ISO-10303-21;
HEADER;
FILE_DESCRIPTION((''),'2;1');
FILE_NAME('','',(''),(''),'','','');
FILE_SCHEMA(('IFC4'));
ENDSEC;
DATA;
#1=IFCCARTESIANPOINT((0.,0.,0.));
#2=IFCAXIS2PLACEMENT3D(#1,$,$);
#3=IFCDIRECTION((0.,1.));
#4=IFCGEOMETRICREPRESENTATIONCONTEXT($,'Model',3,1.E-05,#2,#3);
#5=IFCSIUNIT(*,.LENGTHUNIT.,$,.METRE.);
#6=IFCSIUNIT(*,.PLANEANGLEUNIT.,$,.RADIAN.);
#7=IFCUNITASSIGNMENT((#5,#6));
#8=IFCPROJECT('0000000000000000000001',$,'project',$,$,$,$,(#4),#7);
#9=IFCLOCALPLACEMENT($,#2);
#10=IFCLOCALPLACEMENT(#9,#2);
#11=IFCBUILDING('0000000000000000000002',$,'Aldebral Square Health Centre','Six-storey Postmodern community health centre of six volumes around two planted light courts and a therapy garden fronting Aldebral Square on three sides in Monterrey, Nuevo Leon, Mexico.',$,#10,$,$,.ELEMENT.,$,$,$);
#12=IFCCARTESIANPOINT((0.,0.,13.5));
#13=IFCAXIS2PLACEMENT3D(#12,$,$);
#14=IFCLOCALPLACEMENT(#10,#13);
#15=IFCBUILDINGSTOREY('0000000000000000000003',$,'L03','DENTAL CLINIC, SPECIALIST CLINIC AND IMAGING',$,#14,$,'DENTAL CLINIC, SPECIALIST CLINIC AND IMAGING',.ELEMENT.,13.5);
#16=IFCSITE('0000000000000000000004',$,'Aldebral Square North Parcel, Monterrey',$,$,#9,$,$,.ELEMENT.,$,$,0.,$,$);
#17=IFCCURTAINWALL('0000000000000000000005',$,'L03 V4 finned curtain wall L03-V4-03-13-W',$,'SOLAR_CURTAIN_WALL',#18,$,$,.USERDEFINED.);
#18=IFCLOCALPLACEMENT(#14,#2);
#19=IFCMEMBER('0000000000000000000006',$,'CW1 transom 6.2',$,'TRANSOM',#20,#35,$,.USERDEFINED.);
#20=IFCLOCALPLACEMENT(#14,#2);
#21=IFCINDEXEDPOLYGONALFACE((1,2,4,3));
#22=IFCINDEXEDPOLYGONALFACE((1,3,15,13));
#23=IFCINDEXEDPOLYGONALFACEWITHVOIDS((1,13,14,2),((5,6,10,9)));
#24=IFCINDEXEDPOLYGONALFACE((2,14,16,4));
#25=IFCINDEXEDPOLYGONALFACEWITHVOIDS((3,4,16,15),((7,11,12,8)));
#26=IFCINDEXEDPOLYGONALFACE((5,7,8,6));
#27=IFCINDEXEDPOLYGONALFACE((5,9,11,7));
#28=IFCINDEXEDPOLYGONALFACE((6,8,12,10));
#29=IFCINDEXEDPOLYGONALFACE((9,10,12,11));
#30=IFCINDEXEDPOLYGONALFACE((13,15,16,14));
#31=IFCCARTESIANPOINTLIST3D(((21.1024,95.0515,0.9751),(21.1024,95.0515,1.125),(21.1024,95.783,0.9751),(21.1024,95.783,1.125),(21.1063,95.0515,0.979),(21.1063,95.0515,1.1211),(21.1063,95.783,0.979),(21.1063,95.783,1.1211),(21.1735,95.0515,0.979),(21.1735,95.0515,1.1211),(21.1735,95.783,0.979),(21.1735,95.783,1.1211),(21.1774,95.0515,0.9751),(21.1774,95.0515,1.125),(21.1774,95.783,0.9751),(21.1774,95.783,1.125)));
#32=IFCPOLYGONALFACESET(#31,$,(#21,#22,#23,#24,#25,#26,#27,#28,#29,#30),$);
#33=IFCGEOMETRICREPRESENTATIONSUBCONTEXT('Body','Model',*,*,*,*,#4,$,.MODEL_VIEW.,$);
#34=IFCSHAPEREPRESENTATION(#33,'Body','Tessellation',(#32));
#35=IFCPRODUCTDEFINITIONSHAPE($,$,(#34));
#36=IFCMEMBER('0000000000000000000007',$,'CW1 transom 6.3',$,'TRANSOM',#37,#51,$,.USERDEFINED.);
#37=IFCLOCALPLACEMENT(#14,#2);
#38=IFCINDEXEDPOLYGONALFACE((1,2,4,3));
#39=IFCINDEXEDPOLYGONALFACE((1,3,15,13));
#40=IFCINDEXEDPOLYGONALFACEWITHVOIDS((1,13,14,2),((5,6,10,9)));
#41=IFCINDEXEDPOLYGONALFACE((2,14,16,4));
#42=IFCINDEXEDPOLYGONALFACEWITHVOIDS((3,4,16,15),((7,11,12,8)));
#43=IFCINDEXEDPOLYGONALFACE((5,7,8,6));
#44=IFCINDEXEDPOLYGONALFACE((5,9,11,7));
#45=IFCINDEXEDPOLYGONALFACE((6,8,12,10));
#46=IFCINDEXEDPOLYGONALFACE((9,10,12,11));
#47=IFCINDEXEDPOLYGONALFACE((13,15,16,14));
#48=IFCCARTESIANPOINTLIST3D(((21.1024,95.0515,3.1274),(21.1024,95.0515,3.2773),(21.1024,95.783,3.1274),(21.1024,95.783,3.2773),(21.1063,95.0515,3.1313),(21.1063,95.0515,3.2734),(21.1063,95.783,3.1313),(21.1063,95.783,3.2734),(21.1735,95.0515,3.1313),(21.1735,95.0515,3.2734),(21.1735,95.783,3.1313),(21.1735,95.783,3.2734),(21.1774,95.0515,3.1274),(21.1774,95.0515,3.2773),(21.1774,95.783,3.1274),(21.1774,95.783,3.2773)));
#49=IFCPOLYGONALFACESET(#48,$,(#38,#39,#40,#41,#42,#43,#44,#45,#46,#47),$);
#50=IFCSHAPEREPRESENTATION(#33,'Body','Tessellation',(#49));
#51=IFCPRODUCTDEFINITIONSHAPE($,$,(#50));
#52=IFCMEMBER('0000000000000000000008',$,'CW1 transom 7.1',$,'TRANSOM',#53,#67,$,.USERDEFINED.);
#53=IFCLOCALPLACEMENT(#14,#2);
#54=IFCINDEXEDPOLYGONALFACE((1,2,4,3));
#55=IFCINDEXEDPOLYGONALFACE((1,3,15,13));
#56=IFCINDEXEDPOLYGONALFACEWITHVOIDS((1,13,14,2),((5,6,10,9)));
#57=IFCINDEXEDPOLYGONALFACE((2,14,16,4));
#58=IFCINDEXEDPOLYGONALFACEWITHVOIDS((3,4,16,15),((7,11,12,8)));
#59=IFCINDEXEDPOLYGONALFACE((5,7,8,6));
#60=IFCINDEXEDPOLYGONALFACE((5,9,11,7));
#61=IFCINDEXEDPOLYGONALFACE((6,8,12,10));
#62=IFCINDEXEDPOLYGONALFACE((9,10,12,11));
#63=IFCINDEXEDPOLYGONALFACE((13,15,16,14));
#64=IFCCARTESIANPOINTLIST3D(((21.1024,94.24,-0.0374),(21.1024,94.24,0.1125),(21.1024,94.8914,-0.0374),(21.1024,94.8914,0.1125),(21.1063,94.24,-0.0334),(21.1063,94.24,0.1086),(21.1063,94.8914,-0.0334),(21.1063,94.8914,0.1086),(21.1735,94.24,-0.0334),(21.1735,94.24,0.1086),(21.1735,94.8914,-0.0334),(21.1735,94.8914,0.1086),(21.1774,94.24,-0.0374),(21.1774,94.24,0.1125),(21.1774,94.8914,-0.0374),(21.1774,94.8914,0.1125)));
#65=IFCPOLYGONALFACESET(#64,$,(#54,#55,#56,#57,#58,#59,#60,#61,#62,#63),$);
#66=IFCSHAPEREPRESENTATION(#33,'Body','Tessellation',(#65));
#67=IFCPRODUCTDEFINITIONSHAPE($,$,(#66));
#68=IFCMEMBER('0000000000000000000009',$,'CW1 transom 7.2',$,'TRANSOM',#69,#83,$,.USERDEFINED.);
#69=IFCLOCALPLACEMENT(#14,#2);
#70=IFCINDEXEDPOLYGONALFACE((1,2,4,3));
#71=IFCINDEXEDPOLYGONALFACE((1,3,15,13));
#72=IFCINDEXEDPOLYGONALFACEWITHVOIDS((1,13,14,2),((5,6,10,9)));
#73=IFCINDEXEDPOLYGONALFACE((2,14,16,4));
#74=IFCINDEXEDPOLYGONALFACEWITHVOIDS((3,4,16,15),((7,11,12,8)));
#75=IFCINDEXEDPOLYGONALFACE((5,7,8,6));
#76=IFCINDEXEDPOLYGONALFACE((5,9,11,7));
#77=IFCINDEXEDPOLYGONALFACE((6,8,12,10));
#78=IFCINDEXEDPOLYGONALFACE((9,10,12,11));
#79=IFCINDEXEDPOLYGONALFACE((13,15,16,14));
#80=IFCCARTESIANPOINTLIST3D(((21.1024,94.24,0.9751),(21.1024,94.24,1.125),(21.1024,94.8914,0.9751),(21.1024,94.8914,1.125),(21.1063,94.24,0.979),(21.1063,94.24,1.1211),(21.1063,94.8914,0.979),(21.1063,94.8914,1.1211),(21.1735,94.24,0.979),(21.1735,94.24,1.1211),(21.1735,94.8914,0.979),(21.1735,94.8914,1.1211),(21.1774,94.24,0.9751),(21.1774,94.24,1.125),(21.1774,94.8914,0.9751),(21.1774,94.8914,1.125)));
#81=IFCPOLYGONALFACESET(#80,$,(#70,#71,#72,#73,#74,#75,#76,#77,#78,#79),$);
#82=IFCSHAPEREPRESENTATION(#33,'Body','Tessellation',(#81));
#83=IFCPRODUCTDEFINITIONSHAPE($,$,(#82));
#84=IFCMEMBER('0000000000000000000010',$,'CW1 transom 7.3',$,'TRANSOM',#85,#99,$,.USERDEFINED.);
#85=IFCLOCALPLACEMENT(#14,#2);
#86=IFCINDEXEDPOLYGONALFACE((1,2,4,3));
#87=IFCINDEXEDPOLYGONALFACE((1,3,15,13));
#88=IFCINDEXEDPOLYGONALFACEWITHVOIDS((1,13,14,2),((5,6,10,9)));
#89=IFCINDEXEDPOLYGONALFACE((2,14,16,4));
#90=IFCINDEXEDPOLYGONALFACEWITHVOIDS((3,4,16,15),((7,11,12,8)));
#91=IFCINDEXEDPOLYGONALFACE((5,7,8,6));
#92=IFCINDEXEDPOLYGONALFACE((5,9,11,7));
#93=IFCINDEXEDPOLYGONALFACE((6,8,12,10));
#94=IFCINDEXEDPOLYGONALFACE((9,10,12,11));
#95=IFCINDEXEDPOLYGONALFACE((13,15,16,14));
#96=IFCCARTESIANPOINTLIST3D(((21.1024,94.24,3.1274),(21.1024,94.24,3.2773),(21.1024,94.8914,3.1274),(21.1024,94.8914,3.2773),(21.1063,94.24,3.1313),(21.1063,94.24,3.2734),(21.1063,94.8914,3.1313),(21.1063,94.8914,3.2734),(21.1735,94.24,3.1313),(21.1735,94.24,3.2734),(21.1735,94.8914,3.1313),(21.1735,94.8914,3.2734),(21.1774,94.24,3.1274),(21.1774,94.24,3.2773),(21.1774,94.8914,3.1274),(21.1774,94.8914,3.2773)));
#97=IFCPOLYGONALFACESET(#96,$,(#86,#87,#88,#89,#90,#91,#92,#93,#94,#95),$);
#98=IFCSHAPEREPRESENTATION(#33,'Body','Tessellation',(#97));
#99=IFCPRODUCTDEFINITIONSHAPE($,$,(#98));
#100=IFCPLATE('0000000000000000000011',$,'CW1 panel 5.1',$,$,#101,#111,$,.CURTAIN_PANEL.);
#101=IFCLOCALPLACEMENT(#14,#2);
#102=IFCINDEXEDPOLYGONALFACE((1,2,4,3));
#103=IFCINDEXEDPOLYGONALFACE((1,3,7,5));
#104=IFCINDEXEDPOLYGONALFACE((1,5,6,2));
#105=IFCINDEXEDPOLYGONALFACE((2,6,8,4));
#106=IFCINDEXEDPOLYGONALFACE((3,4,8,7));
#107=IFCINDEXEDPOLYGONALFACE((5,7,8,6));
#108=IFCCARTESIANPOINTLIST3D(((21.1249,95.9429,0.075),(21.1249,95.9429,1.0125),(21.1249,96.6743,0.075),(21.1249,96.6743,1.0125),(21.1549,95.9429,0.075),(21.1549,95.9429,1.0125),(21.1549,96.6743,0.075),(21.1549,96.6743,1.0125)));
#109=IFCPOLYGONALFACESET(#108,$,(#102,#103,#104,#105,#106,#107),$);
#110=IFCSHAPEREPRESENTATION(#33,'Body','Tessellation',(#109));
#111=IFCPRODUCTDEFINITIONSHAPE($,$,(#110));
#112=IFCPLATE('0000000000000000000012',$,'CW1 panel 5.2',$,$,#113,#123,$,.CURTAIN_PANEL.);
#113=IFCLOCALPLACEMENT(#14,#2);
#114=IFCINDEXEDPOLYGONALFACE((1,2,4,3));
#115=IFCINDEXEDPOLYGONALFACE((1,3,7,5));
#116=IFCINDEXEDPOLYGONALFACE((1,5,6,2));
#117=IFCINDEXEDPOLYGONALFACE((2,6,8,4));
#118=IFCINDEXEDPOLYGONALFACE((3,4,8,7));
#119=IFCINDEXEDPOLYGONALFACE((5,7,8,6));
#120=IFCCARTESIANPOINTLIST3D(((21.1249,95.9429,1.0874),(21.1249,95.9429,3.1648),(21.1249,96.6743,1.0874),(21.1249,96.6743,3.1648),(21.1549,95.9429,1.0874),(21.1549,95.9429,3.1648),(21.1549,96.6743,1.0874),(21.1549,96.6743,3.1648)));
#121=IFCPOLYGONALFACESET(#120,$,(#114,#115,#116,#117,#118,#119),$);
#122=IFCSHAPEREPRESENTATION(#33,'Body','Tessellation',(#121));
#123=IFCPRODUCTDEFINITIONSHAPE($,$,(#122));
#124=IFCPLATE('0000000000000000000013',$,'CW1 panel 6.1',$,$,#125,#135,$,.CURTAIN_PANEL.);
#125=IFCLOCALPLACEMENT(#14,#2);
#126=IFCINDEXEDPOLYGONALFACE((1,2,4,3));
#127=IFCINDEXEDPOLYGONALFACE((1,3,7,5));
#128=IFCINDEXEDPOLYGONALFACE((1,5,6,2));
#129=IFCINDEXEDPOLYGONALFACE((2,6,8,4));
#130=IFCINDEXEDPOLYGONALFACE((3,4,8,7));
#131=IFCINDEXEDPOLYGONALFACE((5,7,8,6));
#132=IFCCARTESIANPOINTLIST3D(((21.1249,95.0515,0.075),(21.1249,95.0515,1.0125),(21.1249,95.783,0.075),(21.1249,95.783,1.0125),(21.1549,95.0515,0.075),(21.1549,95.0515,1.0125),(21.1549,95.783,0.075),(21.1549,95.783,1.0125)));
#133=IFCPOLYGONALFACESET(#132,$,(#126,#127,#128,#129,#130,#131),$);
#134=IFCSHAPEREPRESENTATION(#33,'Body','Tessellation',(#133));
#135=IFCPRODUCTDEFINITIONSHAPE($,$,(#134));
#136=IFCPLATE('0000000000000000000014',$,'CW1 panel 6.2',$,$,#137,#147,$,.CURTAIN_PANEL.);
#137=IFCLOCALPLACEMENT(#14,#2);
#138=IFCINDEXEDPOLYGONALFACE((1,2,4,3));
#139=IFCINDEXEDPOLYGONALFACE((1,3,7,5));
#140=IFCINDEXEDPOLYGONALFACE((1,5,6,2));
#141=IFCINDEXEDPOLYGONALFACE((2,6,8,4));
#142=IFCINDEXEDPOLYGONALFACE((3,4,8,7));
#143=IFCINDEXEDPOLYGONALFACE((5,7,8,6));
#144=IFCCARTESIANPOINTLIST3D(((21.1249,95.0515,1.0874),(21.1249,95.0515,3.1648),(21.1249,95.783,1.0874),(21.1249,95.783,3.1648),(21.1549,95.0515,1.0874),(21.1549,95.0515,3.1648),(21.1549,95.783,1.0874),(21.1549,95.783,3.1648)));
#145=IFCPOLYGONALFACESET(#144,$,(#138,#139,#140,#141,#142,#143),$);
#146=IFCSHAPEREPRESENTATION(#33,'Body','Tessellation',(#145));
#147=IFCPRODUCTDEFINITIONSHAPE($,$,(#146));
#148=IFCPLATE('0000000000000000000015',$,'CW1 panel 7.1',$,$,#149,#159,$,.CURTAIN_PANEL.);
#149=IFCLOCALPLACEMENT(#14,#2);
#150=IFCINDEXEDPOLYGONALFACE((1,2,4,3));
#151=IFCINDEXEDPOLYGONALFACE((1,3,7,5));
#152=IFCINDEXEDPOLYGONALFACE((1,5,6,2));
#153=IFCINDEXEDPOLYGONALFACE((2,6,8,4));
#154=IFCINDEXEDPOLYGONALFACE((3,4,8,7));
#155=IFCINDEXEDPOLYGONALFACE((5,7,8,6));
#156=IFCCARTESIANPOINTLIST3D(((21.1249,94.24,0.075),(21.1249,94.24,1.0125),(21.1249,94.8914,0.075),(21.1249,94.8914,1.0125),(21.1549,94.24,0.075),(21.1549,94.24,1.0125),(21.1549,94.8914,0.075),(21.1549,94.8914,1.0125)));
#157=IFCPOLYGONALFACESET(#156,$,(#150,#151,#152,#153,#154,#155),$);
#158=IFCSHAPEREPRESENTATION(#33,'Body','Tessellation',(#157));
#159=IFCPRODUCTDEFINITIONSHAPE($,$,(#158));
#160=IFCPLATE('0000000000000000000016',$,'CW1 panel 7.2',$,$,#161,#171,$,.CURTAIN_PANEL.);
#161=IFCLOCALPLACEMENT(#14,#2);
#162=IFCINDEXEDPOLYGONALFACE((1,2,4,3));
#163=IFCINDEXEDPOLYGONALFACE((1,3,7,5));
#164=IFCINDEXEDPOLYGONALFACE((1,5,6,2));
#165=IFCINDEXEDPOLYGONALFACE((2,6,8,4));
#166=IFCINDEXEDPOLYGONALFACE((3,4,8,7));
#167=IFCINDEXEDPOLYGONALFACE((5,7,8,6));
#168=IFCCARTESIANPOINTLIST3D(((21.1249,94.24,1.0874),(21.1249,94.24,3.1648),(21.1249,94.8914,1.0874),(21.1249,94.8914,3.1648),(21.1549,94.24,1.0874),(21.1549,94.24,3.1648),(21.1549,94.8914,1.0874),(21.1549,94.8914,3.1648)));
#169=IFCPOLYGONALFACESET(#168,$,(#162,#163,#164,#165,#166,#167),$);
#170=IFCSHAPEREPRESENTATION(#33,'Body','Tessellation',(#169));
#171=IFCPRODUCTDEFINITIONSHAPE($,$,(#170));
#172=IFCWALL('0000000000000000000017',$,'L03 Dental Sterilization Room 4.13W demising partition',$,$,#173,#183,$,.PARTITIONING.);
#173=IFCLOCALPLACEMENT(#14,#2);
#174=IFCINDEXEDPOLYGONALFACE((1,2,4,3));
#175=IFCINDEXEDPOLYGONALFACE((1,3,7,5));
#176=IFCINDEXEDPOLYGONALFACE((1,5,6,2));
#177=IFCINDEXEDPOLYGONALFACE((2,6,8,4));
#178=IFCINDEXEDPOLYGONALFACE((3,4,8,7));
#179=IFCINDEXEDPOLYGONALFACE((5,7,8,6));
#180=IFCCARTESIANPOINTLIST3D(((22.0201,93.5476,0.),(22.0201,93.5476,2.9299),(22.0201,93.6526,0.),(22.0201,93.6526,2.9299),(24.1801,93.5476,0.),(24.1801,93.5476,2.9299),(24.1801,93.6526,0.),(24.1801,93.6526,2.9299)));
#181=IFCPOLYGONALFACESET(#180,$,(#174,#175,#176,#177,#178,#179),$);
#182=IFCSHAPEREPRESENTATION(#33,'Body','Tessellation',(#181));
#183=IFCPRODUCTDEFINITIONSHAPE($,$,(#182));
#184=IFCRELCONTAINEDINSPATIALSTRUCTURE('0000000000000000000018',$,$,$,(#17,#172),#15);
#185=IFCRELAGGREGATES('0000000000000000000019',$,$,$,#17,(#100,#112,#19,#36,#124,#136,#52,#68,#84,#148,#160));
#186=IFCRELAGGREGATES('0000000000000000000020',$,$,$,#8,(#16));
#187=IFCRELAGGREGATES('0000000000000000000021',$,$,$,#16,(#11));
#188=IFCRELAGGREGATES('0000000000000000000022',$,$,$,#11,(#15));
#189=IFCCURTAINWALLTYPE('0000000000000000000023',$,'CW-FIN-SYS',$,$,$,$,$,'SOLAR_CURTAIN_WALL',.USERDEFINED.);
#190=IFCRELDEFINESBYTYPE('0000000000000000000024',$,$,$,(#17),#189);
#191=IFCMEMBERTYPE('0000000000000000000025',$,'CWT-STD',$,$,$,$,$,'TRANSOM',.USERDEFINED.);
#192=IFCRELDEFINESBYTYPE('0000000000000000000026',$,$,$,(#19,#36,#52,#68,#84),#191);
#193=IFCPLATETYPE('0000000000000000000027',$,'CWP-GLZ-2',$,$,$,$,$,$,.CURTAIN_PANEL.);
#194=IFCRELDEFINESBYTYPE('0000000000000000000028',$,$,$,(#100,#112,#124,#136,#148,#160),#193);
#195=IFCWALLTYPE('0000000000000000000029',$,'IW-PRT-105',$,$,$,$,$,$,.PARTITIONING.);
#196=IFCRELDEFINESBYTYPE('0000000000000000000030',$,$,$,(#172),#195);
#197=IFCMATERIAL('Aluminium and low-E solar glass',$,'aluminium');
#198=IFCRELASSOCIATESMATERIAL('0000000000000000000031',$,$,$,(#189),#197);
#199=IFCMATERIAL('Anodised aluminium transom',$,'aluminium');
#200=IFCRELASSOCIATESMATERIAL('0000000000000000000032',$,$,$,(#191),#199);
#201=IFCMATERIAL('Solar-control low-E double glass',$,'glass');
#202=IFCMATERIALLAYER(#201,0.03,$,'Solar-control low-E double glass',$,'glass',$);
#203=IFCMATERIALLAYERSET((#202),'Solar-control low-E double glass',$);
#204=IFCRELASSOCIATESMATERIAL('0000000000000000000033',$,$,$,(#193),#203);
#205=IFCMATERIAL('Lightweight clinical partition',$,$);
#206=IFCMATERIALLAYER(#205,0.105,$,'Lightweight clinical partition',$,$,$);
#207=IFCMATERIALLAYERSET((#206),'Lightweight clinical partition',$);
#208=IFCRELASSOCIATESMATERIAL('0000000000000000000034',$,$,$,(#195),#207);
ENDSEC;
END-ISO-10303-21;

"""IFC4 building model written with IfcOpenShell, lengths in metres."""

from ifc_helpers import new_model, si_unit, direction, frame, frame_2d, origin, origin_2d, place, context, subcontext, project, spatial, rectangle, hollow_rectangle, extrude, material, layer, layer_set, material_profile, profile_set, type_object, element, aggregate, save


model = new_model("IFC4")

# Units and contexts
model_context = context("Model", 3, precision=1e-05, world=origin(), true_north=direction((0.0, 1.0)))
body_context = subcontext(model_context, "Body", "Model", "MODEL_VIEW")
ifc_project = project(units=[si_unit("LENGTHUNIT", "METRE"), si_unit("PLANEANGLEUNIT", "RADIAN")], contexts=[model_context])

# Site, building, storey
site_placement = place(None, origin())
site = spatial("IfcSite", under=ifc_project, at=site_placement, Name="Aldebral Square North Parcel, Monterrey", CompositionType="ELEMENT", RefElevation=0.0)
building_placement = place(site_placement, origin())
building = spatial("IfcBuilding", under=site, at=building_placement, Name="Aldebral Square Health Centre", Description="Six-storey Postmodern community health centre of six volumes around two planted light courts and a therapy garden fronting Aldebral Square on three sides in Monterrey, Nuevo Leon, Mexico.", CompositionType="ELEMENT")
storey_placement = place(building_placement, frame((0.0, 0.0, 13.5)))
storey = spatial("IfcBuildingStorey", under=building, at=storey_placement, Name="L03", Description="DENTAL CLINIC, SPECIALIST CLINIC AND IMAGING", LongName="DENTAL CLINIC, SPECIALIST CLINIC AND IMAGING", CompositionType="ELEMENT", Elevation=13.5)

# Shared definitions
ifc_material_1 = material(Name="Aluminium and low-E solar glass", Category="aluminium")
curtain_wall_type = type_object("IfcCurtainWallType", Name="CW-FIN-SYS", ElementType="SOLAR_CURTAIN_WALL", PredefinedType="USERDEFINED", material=ifc_material_1)

# Curtain wall
curtain_wall_1_placement = place(storey_placement, origin())
curtain_wall_1 = element("IfcCurtainWall", 1, at=curtain_wall_1_placement, inside=storey, type_object=curtain_wall_type, Name="L03 V4 finned curtain wall L03-V4-03-13-W", ObjectType="SOLAR_CURTAIN_WALL", PredefinedType="USERDEFINED")

# Members
ifc_material_2 = material(Name="Anodised aluminium transom", Category="aluminium")
ifc_material_profile_1 = material_profile(ifc_material_2, hollow_rectangle(XDim=0.075, YDim=0.1499, WallThickness=0.0039, at=origin_2d()), Name="CWT 75x150x4")
ifc_profile_set_1 = profile_set([ifc_material_profile_1], Name="Anodised aluminium transom")
member_type_1 = type_object("IfcMemberType", Name="CWT-STD", ElementType="TRANSOM", PredefinedType="USERDEFINED", material=ifc_profile_set_1)
member_1_placement = place(storey_placement, frame((21.1399, 95.783, 1.05), z_axis=(0.0, -1.0, 0.0), x_axis=(1.0, 0.0, 0.0)))
member_1 = element("IfcMember", 2, at=member_1_placement, type_object=member_type_1, Name="CW1 transom 6.2", ObjectType="TRANSOM", PredefinedType="USERDEFINED", context=body_context, shape_type="SweptSolid", body=[
    extrude(hollow_rectangle(XDim=0.075, YDim=0.1499, WallThickness=0.0039, at=origin_2d()), origin(), (0.0, 0.0, 1.0), 0.7314),
])
member_2_placement = place(storey_placement, frame((21.1399, 95.783, 3.2024), z_axis=(0.0, -1.0, 0.0), x_axis=(1.0, 0.0, 0.0)))
member_2 = element("IfcMember", 3, at=member_2_placement, type_object=member_type_1, Name="CW1 transom 6.3", ObjectType="TRANSOM", PredefinedType="USERDEFINED", context=body_context, shape_type="SweptSolid", body=[
    extrude(hollow_rectangle(XDim=0.075, YDim=0.1499, WallThickness=0.0039, at=origin_2d()), origin(), (0.0, 0.0, 1.0), 0.7314),
])
member_3_placement = place(storey_placement, frame((21.1399, 94.8914, 0.0376), z_axis=(0.0, -1.0, 0.0), x_axis=(1.0, 0.0, 0.0)))
member_3 = element("IfcMember", 4, at=member_3_placement, type_object=member_type_1, Name="CW1 transom 7.1", ObjectType="TRANSOM", PredefinedType="USERDEFINED", context=body_context, shape_type="SweptSolid", body=[
    extrude(hollow_rectangle(XDim=0.075, YDim=0.1499, WallThickness=0.0039, at=origin_2d()), origin(), (0.0, 0.0, 1.0), 0.6514),
])
member_4_placement = place(storey_placement, frame((21.1399, 94.8914, 1.05), z_axis=(0.0, -1.0, 0.0), x_axis=(1.0, 0.0, 0.0)))
member_4 = element("IfcMember", 5, at=member_4_placement, type_object=member_type_1, Name="CW1 transom 7.2", ObjectType="TRANSOM", PredefinedType="USERDEFINED", context=body_context, shape_type="SweptSolid", body=[
    extrude(hollow_rectangle(XDim=0.075, YDim=0.1499, WallThickness=0.0039, at=origin_2d()), origin(), (0.0, 0.0, 1.0), 0.6514),
])
member_5_placement = place(storey_placement, frame((21.1399, 94.8914, 3.2024), z_axis=(0.0, -1.0, 0.0), x_axis=(1.0, 0.0, 0.0)))
member_5 = element("IfcMember", 6, at=member_5_placement, type_object=member_type_1, Name="CW1 transom 7.3", ObjectType="TRANSOM", PredefinedType="USERDEFINED", context=body_context, shape_type="SweptSolid", body=[
    extrude(hollow_rectangle(XDim=0.075, YDim=0.1499, WallThickness=0.0039, at=origin_2d()), origin(), (0.0, 0.0, 1.0), 0.6514),
])

# Plates
ifc_material_3 = material(Name="Solar-control low-E double glass", Category="glass")
ifc_layer_1 = layer(ifc_material_3, 0.03, Name="Solar-control low-E double glass", Category="glass")
ifc_layer_set_1 = layer_set([ifc_layer_1], Name="Solar-control low-E double glass")
plate_type = type_object("IfcPlateType", Name="CWP-GLZ-2", PredefinedType="CURTAIN_PANEL", material=ifc_layer_set_1)
plate_1_placement = place(storey_placement, frame((21.1399, 96.3086, 0.075), z_axis=(0.0, 0.0, 1.0), x_axis=(0.0, -1.0, 0.0)))
plate_1 = element("IfcPlate", 7, at=plate_1_placement, type_object=plate_type, Name="CW1 panel 5.1", PredefinedType="CURTAIN_PANEL", context=body_context, shape_type="SweptSolid", body=[
    extrude(rectangle(XDim=0.7314, YDim=0.03, at=origin_2d()), origin(), (0.0, 0.0, 1.0), 0.9375),
])
plate_2_placement = place(storey_placement, frame((21.1399, 96.3086, 1.0874), z_axis=(0.0, 0.0, 1.0), x_axis=(0.0, -1.0, 0.0)))
plate_2 = element("IfcPlate", 8, at=plate_2_placement, type_object=plate_type, Name="CW1 panel 5.2", PredefinedType="CURTAIN_PANEL", context=body_context, shape_type="SweptSolid", body=[
    extrude(rectangle(XDim=0.7314, YDim=0.03, at=origin_2d()), origin(), (0.0, 0.0, 1.0), 2.0774),
])
plate_3_placement = place(storey_placement, frame((21.1399, 95.4172, 0.075), z_axis=(0.0, 0.0, 1.0), x_axis=(0.0, -1.0, 0.0)))
plate_3 = element("IfcPlate", 9, at=plate_3_placement, type_object=plate_type, Name="CW1 panel 6.1", PredefinedType="CURTAIN_PANEL", context=body_context, shape_type="SweptSolid", body=[
    extrude(rectangle(XDim=0.7314, YDim=0.03, at=origin_2d()), origin(), (0.0, 0.0, 1.0), 0.9375),
])
plate_4_placement = place(storey_placement, frame((21.1399, 95.4172, 1.0874), z_axis=(0.0, 0.0, 1.0), x_axis=(0.0, -1.0, 0.0)))
plate_4 = element("IfcPlate", 10, at=plate_4_placement, type_object=plate_type, Name="CW1 panel 6.2", PredefinedType="CURTAIN_PANEL", context=body_context, shape_type="SweptSolid", body=[
    extrude(rectangle(XDim=0.7314, YDim=0.03, at=origin_2d()), origin(), (0.0, 0.0, 1.0), 2.0774),
])
plate_5_placement = place(storey_placement, frame((21.1399, 94.5657, 0.075), z_axis=(0.0, 0.0, 1.0), x_axis=(0.0, -1.0, 0.0)))
plate_5 = element("IfcPlate", 11, at=plate_5_placement, type_object=plate_type, Name="CW1 panel 7.1", PredefinedType="CURTAIN_PANEL", context=body_context, shape_type="SweptSolid", body=[
    extrude(rectangle(XDim=0.6514, YDim=0.03, at=origin_2d()), origin(), (0.0, 0.0, 1.0), 0.9375),
])
plate_6_placement = place(storey_placement, frame((21.1399, 94.5657, 1.0874), z_axis=(0.0, 0.0, 1.0), x_axis=(0.0, -1.0, 0.0)))
plate_6 = element("IfcPlate", 12, at=plate_6_placement, type_object=plate_type, Name="CW1 panel 7.2", PredefinedType="CURTAIN_PANEL", context=body_context, shape_type="SweptSolid", body=[
    extrude(rectangle(XDim=0.6514, YDim=0.03, at=origin_2d()), origin(), (0.0, 0.0, 1.0), 2.0774),
])
aggregate(curtain_wall_1, [plate_1, plate_2, member_1, member_2, plate_3, plate_4, member_3, member_4, member_5, plate_5, plate_6])

# Wall
ifc_material_4 = material(Name="Lightweight clinical partition")
ifc_layer_2 = layer(ifc_material_4, 0.105, Name="Lightweight clinical partition")
ifc_layer_set_2 = layer_set([ifc_layer_2], Name="Lightweight clinical partition")
wall_type = type_object("IfcWallType", Name="IW-PRT-105", PredefinedType="PARTITIONING", material=ifc_layer_set_2)
wall_placement = place(storey_placement, frame((22.02, 93.6001, 0.0), z_axis=(0.0, 0.0, 1.0), x_axis=(1.0, 0.0, 0.0)))
element("IfcWall", 13, at=wall_placement, inside=storey, type_object=wall_type, Name="L03 Dental Sterilization Room 4.13W demising partition", PredefinedType="PARTITIONING", context=body_context, shape_type="SweptSolid", body=[
    extrude(rectangle(XDim=2.1599, YDim=0.105, at=frame_2d((1.0801, 0.0))), origin(), (0.0, 0.0, 1.0), 2.9299),
])

save(model, "model.ifc")
